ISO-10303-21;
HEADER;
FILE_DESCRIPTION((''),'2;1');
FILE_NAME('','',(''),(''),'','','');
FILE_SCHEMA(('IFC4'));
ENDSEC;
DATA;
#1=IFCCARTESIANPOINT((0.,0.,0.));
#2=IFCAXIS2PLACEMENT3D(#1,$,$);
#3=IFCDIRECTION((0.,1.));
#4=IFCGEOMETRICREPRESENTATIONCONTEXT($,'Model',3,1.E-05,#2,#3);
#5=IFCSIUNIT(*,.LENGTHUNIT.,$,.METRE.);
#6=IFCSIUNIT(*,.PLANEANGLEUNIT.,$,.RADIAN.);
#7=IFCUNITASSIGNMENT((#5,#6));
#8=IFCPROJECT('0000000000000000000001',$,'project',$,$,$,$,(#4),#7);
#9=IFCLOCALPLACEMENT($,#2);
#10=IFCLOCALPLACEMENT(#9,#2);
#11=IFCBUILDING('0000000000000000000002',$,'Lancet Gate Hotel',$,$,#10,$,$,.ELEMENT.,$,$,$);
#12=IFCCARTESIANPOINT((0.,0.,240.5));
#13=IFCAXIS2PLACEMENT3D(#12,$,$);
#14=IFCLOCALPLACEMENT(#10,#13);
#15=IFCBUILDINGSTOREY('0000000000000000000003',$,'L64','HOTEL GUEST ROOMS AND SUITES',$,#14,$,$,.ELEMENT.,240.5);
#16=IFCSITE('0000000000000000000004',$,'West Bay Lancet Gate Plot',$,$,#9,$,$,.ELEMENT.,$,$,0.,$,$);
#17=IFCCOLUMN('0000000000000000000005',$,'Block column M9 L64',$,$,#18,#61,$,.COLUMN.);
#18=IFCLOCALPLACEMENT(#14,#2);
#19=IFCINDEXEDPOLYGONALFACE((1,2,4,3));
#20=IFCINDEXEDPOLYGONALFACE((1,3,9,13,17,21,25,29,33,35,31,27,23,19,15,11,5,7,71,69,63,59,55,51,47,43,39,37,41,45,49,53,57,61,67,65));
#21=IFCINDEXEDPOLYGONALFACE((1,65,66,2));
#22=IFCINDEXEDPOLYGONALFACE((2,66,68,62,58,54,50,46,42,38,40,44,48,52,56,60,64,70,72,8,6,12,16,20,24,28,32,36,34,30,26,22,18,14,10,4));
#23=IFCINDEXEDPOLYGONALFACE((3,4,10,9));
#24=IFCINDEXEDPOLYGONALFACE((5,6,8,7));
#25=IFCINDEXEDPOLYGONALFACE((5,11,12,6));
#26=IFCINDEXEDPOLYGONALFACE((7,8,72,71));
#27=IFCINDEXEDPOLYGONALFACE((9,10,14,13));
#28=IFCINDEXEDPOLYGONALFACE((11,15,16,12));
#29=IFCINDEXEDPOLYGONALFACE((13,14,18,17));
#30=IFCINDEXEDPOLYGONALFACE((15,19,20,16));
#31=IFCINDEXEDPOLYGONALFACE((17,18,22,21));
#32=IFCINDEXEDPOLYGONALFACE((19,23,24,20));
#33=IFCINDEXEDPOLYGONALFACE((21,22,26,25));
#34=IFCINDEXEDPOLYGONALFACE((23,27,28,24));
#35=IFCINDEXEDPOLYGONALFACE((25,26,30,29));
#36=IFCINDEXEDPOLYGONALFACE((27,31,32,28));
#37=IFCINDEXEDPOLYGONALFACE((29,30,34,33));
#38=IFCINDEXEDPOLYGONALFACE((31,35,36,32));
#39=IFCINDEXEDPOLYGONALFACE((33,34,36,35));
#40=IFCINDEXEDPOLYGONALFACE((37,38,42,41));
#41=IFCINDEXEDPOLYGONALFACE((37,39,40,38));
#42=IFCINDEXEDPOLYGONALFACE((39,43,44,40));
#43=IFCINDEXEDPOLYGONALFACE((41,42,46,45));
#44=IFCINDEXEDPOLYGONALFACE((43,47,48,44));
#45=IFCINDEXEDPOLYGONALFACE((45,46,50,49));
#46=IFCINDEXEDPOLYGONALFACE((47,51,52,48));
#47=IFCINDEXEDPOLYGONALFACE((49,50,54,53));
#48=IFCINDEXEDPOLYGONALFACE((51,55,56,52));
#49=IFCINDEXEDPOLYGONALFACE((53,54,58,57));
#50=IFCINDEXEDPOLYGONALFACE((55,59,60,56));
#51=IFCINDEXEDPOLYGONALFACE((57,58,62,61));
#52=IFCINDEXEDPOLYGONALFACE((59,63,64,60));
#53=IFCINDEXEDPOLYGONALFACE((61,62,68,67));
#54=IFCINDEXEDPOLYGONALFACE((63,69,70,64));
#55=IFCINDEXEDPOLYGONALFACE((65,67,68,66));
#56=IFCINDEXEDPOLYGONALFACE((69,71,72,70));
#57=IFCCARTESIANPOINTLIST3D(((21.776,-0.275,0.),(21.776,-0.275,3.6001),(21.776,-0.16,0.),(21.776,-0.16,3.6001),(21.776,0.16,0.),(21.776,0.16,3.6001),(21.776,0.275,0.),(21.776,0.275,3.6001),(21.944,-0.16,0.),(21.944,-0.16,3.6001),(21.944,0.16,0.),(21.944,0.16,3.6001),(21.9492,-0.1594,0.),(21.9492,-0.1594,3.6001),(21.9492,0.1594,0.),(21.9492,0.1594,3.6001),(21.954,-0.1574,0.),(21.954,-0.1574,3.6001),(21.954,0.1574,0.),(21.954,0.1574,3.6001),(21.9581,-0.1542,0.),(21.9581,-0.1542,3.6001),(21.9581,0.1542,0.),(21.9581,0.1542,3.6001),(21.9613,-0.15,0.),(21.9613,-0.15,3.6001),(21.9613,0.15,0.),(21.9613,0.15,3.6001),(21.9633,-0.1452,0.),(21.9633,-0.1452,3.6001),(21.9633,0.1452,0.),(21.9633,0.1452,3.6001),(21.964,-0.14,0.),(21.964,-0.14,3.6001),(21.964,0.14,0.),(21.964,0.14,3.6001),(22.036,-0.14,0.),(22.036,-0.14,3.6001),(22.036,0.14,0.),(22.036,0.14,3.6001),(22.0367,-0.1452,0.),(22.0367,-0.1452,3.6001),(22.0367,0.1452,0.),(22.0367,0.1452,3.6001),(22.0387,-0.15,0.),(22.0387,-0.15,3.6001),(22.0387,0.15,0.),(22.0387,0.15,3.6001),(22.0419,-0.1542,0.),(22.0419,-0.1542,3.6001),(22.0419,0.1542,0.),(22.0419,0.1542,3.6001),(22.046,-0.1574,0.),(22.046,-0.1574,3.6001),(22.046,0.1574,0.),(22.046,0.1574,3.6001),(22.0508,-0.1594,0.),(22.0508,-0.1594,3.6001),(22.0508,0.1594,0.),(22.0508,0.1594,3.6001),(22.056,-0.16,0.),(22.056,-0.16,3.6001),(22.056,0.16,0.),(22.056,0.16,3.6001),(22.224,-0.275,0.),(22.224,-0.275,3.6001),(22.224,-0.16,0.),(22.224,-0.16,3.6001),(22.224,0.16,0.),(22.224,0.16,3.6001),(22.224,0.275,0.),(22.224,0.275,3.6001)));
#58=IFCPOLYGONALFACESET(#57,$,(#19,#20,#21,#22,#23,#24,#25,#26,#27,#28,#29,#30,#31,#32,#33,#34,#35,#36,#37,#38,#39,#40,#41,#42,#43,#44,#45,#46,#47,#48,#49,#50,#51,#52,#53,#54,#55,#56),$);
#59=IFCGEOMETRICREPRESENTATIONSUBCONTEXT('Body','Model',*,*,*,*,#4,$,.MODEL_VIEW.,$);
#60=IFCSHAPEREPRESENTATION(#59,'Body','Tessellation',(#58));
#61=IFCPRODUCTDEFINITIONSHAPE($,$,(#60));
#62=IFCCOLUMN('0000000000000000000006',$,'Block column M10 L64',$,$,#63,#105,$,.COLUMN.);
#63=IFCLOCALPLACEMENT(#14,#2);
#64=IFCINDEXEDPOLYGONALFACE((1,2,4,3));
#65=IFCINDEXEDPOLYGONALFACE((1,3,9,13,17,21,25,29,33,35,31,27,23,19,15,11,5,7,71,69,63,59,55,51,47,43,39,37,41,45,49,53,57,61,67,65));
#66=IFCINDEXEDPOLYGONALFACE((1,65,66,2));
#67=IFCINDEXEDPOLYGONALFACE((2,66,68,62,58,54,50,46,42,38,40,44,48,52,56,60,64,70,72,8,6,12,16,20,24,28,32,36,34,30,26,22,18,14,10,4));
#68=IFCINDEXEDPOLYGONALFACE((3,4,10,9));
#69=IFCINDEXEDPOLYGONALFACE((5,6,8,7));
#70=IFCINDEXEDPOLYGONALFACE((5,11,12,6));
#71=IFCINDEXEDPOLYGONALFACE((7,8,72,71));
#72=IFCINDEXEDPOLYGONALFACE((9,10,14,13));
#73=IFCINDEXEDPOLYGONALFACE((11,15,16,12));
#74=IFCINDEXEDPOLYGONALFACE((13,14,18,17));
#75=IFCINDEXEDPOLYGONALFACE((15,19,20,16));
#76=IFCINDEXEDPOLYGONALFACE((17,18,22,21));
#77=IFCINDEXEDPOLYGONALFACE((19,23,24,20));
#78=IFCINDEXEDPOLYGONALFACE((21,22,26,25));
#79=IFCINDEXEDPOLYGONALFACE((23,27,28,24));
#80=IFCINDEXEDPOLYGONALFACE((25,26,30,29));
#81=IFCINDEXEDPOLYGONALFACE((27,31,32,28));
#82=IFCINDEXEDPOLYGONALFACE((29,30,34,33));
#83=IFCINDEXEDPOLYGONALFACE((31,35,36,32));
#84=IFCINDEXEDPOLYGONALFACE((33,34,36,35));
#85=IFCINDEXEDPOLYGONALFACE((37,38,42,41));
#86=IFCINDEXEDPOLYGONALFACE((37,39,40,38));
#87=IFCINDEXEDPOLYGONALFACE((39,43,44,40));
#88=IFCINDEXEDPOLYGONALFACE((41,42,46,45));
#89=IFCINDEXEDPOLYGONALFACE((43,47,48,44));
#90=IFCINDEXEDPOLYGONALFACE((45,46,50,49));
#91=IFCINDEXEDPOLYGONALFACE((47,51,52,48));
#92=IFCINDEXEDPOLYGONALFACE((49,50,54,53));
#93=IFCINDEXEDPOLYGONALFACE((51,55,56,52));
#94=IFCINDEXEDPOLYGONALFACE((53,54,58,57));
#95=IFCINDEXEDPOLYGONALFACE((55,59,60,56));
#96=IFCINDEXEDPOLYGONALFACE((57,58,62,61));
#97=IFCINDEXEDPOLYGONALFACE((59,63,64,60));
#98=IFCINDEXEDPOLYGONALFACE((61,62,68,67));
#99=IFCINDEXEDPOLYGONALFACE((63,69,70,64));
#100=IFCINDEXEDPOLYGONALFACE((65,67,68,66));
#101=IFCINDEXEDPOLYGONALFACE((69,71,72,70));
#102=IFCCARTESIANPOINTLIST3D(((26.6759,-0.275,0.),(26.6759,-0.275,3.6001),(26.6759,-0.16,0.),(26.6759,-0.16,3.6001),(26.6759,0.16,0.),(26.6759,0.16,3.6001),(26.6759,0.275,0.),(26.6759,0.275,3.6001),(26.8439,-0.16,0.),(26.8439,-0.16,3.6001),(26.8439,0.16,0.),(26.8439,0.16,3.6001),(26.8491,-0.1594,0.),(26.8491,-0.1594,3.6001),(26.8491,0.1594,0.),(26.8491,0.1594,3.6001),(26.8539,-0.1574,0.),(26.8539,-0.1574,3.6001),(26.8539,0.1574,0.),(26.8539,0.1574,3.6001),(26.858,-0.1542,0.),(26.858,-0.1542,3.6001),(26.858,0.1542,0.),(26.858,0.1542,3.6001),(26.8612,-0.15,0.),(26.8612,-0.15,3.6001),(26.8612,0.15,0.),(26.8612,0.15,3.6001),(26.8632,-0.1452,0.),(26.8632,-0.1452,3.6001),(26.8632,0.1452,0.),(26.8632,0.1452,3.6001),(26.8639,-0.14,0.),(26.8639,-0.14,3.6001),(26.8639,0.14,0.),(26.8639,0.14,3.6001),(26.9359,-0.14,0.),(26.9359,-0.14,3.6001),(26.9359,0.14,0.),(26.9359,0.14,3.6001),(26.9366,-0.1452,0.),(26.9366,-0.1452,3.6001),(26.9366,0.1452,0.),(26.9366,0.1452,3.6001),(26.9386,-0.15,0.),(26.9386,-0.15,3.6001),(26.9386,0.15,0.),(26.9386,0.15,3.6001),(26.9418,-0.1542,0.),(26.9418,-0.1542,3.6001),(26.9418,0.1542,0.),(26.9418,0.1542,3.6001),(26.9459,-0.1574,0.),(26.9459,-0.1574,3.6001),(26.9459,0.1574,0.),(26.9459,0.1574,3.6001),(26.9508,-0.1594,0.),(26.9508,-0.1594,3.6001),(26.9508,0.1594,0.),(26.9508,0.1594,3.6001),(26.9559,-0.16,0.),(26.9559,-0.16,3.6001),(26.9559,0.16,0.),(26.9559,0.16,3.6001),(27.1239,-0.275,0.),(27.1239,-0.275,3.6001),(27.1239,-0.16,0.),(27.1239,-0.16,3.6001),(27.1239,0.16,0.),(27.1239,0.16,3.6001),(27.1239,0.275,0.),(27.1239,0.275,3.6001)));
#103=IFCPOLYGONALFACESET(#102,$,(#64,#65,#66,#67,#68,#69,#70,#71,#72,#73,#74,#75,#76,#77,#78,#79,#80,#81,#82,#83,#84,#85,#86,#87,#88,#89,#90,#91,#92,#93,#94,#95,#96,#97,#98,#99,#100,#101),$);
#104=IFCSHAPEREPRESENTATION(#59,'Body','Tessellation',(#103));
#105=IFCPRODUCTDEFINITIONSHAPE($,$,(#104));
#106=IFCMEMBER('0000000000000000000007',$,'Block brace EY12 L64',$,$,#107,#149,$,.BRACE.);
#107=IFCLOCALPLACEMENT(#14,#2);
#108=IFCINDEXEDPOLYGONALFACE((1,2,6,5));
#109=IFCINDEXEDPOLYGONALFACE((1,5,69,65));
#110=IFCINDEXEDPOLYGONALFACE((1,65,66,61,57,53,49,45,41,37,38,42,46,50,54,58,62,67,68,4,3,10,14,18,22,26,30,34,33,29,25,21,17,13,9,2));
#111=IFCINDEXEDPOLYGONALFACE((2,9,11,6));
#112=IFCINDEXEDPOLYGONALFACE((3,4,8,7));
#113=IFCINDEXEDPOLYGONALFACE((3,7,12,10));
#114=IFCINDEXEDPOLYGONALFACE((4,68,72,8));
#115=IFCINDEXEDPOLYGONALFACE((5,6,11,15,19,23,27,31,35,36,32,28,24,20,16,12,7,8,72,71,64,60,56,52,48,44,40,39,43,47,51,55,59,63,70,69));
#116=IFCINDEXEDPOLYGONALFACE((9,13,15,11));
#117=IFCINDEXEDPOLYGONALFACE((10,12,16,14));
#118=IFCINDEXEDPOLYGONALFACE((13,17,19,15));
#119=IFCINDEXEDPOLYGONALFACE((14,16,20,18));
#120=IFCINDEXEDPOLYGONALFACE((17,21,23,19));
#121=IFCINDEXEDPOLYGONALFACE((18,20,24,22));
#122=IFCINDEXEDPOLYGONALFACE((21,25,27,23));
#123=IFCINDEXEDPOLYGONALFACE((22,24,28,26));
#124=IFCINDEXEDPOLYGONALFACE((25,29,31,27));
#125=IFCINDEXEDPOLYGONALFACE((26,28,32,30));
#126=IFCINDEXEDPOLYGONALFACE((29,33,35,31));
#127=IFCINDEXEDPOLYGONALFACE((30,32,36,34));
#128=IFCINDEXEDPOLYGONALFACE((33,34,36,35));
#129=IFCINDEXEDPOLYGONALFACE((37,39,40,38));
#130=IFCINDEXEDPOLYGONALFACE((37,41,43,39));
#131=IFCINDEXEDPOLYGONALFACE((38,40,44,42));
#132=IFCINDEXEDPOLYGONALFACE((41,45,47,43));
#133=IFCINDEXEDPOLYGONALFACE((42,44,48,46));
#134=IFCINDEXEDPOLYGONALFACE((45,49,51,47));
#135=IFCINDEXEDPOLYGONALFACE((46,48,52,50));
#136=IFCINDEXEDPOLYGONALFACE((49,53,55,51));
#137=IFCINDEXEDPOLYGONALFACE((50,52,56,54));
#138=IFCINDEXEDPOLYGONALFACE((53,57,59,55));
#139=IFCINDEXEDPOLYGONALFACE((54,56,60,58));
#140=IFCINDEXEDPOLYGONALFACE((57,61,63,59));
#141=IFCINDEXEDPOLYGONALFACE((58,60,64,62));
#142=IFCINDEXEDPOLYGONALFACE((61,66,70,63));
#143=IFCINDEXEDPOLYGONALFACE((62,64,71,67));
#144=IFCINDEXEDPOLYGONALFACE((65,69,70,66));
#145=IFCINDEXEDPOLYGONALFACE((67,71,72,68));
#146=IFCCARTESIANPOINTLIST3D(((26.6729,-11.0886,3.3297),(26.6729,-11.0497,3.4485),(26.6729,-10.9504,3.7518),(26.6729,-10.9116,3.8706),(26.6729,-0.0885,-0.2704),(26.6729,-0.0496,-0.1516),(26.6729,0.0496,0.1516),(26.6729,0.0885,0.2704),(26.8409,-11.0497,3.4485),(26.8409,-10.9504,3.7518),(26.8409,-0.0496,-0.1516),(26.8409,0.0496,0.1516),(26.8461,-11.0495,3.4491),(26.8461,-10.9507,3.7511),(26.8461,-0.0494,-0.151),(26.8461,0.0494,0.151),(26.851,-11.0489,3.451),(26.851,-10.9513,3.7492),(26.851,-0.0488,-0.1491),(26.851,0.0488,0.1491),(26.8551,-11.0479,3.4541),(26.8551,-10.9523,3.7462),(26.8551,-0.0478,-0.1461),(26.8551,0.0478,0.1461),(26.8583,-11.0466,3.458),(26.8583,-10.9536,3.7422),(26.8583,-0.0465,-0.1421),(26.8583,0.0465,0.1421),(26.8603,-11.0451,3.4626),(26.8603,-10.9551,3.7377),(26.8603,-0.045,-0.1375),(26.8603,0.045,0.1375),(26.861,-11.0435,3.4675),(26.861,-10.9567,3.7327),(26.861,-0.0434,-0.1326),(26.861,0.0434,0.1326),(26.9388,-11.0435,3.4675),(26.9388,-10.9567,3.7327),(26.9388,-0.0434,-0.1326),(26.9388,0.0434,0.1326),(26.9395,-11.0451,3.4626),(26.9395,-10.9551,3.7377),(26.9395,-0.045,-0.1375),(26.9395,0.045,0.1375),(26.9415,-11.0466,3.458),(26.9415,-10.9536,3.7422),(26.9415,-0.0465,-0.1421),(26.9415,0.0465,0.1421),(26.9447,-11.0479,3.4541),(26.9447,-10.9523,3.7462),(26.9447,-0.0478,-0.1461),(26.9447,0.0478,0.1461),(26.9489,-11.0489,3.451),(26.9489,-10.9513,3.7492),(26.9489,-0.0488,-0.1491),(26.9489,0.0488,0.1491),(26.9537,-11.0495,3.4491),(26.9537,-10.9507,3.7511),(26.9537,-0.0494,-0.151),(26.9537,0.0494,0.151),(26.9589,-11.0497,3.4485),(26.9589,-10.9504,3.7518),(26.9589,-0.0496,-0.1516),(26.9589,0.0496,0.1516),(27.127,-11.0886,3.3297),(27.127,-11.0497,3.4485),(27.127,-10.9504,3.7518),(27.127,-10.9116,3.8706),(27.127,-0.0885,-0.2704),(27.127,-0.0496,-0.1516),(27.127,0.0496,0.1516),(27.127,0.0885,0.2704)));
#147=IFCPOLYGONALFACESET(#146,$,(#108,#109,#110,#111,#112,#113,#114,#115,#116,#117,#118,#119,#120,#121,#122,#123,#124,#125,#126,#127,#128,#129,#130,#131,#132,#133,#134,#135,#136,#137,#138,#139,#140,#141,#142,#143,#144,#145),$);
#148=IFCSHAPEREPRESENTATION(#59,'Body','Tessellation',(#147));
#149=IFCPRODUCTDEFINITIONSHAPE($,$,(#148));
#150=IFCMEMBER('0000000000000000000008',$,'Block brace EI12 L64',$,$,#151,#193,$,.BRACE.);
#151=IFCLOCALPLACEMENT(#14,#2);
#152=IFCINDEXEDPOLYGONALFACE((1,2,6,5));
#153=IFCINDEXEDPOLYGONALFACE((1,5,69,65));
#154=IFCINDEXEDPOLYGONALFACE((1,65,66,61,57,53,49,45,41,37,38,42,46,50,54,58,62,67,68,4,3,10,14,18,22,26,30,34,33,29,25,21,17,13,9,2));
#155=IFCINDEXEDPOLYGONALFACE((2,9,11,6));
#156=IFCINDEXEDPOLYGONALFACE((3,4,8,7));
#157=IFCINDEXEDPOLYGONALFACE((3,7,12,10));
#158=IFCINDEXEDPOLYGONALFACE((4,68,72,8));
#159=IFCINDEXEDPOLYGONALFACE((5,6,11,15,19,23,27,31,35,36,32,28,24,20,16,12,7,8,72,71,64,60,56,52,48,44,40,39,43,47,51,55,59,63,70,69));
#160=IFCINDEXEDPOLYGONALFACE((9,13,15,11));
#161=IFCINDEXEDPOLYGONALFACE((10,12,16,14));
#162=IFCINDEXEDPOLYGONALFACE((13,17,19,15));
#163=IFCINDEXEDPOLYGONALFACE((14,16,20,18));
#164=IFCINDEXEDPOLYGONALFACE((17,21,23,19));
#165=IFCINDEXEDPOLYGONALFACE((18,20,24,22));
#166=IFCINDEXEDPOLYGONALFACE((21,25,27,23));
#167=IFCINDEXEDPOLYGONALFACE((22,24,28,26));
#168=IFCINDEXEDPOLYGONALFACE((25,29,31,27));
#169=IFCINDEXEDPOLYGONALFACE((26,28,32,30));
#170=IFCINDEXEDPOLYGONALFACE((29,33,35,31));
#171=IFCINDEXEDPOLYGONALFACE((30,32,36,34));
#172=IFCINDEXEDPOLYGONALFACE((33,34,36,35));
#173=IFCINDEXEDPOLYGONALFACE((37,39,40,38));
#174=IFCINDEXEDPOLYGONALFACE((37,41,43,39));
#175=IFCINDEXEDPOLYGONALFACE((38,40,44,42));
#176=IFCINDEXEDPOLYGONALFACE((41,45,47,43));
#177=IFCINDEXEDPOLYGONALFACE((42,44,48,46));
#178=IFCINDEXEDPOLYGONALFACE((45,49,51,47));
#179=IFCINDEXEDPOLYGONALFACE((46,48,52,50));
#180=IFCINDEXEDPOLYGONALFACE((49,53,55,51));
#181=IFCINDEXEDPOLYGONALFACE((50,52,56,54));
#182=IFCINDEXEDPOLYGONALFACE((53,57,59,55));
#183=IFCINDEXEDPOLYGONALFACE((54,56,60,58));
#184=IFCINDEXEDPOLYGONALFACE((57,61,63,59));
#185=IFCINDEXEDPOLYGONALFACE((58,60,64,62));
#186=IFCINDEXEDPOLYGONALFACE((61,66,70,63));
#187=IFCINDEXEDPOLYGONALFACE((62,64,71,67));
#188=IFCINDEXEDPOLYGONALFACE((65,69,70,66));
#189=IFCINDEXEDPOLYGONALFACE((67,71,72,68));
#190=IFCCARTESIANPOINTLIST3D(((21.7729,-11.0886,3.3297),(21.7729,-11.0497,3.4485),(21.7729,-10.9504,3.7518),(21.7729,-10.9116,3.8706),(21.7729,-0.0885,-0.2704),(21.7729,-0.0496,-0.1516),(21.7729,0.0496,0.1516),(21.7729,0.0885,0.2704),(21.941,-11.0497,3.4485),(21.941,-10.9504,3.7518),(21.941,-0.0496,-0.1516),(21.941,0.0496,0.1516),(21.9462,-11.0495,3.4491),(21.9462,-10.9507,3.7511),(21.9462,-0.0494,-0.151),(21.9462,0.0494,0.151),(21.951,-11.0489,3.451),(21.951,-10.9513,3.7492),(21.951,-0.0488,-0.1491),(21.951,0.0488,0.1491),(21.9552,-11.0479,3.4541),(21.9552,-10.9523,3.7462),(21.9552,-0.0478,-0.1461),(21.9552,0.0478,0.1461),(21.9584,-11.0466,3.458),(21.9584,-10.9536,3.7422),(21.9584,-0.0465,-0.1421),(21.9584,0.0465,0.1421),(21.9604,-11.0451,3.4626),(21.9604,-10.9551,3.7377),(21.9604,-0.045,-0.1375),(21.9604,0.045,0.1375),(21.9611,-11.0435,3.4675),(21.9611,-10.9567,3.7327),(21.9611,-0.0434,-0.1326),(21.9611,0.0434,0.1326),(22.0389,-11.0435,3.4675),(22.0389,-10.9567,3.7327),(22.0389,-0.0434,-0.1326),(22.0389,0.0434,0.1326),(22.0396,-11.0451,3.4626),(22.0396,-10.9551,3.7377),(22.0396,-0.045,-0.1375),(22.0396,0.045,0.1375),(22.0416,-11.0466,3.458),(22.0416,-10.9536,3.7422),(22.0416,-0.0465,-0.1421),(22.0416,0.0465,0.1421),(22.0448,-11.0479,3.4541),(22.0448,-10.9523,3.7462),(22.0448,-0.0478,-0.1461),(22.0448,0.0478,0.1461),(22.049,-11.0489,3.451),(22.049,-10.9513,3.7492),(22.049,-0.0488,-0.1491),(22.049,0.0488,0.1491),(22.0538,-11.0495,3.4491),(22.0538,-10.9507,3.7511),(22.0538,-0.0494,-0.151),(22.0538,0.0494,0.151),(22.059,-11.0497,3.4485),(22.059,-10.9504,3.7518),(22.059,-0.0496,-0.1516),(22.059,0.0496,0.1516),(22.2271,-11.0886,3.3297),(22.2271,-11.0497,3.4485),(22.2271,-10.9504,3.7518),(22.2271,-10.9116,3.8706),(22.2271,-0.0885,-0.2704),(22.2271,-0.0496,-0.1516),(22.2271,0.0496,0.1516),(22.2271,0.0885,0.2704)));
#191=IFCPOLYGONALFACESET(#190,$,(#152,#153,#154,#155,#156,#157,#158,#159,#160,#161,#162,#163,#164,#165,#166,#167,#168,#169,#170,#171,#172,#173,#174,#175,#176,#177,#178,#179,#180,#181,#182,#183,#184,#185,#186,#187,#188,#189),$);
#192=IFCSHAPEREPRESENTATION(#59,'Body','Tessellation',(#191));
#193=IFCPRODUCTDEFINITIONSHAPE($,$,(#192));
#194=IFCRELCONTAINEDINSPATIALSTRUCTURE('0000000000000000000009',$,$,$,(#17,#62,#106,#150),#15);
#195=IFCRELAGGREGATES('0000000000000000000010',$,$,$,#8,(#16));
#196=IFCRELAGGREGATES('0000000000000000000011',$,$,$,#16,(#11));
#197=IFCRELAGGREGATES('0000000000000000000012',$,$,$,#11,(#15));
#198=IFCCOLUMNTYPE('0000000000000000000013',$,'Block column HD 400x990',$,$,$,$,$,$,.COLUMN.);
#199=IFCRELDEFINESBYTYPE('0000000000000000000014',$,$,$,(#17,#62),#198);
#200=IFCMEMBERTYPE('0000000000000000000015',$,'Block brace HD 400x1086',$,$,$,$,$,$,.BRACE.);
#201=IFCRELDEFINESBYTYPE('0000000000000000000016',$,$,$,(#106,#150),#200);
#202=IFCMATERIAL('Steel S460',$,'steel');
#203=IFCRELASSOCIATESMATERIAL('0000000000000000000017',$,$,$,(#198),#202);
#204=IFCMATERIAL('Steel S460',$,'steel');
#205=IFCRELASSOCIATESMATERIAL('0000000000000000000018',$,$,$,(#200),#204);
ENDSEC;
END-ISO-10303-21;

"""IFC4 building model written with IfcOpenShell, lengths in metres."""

from ifc_helpers import new_model, si_unit, direction, frame, origin, origin_2d, place, context, subcontext, project, spatial, i_section, extrude, material, material_profile, profile_set, type_object, element, save


model = new_model("IFC4")

# Units and contexts
model_context = context("Model", 3, precision=1e-05, world=origin(), true_north=direction((0.0, 1.0)))
body_context = subcontext(model_context, "Body", "Model", "MODEL_VIEW")
ifc_project = project(units=[si_unit("LENGTHUNIT", "METRE"), si_unit("PLANEANGLEUNIT", "RADIAN")], contexts=[model_context])

# Site, building, storey
site_placement = place(None, origin())
site = spatial("IfcSite", under=ifc_project, at=site_placement, Name="West Bay Lancet Gate Plot", CompositionType="ELEMENT", RefElevation=0.0)
building_placement = place(site_placement, origin())
building = spatial("IfcBuilding", under=site, at=building_placement, Name="Lancet Gate Hotel", CompositionType="ELEMENT")
storey_placement = place(building_placement, frame((0.0, 0.0, 240.5)))
storey = spatial("IfcBuildingStorey", under=building, at=storey_placement, Name="L64", Description="HOTEL GUEST ROOMS AND SUITES", CompositionType="ELEMENT", Elevation=240.5)

# Columns
ifc_material_1 = material(Name="Steel S460", Category="steel")
ifc_material_profile_1 = material_profile(ifc_material_1, i_section(OverallWidth=0.448, OverallDepth=0.55, WebThickness=0.072, FlangeThickness=0.115, FilletRadius=0.02, at=origin_2d()), Name="HD 400x990")
ifc_profile_set_1 = profile_set([ifc_material_profile_1], Name="Steel S460")
column_type = type_object("IfcColumnType", Name="Block column HD 400x990", PredefinedType="COLUMN", material=ifc_profile_set_1)
for number, where, z_axis, x_axis, name in (
    (1, (22.0, 0.0, 0.0), (0.0, 0.0, 1.0), (1.0, 0.0, 0.0), "Block column M9 L64"),
    (2, (26.8999, 0.0, 0.0), (0.0, 0.0, 1.0), (1.0, 0.0, 0.0), "Block column M10 L64"),
):
    element("IfcColumn", number, at=place(storey_placement, frame(where, z_axis=z_axis, x_axis=x_axis)), inside=storey, type_object=column_type, Name=name, PredefinedType="COLUMN", context=body_context, shape_type="SweptSolid", body=[
        extrude(i_section(OverallWidth=0.448, OverallDepth=0.55, WebThickness=0.072, FlangeThickness=0.115, FilletRadius=0.02, at=origin_2d()), origin(), (0.0, 0.0, 1.0), 3.6001),
    ])

# Members
ifc_material_2 = material(Name="Steel S460", Category="steel")
ifc_material_profile_2 = material_profile(ifc_material_2, i_section(OverallWidth=0.4541, OverallDepth=0.5691, WebThickness=0.0779, FlangeThickness=0.125, FilletRadius=0.02, at=origin_2d()), Name="HD 400x1086")
ifc_profile_set_2 = profile_set([ifc_material_profile_2], Name="Steel S460")
member_type = type_object("IfcMemberType", Name="Block brace HD 400x1086", PredefinedType="BRACE", material=ifc_profile_set_2)
for number, where, z_axis, x_axis, name in (
    (3, (26.8999, 0.0, 0.0), (0.0, -0.950395, 0.311047), (1.0, 0.0, 0.0), "Block brace EY12 L64"),
    (4, (22.0, 0.0, 0.0), (0.0, -0.950395, 0.311047), (1.0, 0.0, 0.0), "Block brace EI12 L64"),
):
    element("IfcMember", number, at=place(storey_placement, frame(where, z_axis=z_axis, x_axis=x_axis)), inside=storey, type_object=member_type, Name=name, PredefinedType="BRACE", context=body_context, shape_type="SweptSolid", body=[
        extrude(i_section(OverallWidth=0.4541, OverallDepth=0.5691, WebThickness=0.0779, FlangeThickness=0.125, FilletRadius=0.02, at=origin_2d()), origin(), (0.0, 0.0, 1.0), 11.5742),
    ])

save(model, "model.ifc")
